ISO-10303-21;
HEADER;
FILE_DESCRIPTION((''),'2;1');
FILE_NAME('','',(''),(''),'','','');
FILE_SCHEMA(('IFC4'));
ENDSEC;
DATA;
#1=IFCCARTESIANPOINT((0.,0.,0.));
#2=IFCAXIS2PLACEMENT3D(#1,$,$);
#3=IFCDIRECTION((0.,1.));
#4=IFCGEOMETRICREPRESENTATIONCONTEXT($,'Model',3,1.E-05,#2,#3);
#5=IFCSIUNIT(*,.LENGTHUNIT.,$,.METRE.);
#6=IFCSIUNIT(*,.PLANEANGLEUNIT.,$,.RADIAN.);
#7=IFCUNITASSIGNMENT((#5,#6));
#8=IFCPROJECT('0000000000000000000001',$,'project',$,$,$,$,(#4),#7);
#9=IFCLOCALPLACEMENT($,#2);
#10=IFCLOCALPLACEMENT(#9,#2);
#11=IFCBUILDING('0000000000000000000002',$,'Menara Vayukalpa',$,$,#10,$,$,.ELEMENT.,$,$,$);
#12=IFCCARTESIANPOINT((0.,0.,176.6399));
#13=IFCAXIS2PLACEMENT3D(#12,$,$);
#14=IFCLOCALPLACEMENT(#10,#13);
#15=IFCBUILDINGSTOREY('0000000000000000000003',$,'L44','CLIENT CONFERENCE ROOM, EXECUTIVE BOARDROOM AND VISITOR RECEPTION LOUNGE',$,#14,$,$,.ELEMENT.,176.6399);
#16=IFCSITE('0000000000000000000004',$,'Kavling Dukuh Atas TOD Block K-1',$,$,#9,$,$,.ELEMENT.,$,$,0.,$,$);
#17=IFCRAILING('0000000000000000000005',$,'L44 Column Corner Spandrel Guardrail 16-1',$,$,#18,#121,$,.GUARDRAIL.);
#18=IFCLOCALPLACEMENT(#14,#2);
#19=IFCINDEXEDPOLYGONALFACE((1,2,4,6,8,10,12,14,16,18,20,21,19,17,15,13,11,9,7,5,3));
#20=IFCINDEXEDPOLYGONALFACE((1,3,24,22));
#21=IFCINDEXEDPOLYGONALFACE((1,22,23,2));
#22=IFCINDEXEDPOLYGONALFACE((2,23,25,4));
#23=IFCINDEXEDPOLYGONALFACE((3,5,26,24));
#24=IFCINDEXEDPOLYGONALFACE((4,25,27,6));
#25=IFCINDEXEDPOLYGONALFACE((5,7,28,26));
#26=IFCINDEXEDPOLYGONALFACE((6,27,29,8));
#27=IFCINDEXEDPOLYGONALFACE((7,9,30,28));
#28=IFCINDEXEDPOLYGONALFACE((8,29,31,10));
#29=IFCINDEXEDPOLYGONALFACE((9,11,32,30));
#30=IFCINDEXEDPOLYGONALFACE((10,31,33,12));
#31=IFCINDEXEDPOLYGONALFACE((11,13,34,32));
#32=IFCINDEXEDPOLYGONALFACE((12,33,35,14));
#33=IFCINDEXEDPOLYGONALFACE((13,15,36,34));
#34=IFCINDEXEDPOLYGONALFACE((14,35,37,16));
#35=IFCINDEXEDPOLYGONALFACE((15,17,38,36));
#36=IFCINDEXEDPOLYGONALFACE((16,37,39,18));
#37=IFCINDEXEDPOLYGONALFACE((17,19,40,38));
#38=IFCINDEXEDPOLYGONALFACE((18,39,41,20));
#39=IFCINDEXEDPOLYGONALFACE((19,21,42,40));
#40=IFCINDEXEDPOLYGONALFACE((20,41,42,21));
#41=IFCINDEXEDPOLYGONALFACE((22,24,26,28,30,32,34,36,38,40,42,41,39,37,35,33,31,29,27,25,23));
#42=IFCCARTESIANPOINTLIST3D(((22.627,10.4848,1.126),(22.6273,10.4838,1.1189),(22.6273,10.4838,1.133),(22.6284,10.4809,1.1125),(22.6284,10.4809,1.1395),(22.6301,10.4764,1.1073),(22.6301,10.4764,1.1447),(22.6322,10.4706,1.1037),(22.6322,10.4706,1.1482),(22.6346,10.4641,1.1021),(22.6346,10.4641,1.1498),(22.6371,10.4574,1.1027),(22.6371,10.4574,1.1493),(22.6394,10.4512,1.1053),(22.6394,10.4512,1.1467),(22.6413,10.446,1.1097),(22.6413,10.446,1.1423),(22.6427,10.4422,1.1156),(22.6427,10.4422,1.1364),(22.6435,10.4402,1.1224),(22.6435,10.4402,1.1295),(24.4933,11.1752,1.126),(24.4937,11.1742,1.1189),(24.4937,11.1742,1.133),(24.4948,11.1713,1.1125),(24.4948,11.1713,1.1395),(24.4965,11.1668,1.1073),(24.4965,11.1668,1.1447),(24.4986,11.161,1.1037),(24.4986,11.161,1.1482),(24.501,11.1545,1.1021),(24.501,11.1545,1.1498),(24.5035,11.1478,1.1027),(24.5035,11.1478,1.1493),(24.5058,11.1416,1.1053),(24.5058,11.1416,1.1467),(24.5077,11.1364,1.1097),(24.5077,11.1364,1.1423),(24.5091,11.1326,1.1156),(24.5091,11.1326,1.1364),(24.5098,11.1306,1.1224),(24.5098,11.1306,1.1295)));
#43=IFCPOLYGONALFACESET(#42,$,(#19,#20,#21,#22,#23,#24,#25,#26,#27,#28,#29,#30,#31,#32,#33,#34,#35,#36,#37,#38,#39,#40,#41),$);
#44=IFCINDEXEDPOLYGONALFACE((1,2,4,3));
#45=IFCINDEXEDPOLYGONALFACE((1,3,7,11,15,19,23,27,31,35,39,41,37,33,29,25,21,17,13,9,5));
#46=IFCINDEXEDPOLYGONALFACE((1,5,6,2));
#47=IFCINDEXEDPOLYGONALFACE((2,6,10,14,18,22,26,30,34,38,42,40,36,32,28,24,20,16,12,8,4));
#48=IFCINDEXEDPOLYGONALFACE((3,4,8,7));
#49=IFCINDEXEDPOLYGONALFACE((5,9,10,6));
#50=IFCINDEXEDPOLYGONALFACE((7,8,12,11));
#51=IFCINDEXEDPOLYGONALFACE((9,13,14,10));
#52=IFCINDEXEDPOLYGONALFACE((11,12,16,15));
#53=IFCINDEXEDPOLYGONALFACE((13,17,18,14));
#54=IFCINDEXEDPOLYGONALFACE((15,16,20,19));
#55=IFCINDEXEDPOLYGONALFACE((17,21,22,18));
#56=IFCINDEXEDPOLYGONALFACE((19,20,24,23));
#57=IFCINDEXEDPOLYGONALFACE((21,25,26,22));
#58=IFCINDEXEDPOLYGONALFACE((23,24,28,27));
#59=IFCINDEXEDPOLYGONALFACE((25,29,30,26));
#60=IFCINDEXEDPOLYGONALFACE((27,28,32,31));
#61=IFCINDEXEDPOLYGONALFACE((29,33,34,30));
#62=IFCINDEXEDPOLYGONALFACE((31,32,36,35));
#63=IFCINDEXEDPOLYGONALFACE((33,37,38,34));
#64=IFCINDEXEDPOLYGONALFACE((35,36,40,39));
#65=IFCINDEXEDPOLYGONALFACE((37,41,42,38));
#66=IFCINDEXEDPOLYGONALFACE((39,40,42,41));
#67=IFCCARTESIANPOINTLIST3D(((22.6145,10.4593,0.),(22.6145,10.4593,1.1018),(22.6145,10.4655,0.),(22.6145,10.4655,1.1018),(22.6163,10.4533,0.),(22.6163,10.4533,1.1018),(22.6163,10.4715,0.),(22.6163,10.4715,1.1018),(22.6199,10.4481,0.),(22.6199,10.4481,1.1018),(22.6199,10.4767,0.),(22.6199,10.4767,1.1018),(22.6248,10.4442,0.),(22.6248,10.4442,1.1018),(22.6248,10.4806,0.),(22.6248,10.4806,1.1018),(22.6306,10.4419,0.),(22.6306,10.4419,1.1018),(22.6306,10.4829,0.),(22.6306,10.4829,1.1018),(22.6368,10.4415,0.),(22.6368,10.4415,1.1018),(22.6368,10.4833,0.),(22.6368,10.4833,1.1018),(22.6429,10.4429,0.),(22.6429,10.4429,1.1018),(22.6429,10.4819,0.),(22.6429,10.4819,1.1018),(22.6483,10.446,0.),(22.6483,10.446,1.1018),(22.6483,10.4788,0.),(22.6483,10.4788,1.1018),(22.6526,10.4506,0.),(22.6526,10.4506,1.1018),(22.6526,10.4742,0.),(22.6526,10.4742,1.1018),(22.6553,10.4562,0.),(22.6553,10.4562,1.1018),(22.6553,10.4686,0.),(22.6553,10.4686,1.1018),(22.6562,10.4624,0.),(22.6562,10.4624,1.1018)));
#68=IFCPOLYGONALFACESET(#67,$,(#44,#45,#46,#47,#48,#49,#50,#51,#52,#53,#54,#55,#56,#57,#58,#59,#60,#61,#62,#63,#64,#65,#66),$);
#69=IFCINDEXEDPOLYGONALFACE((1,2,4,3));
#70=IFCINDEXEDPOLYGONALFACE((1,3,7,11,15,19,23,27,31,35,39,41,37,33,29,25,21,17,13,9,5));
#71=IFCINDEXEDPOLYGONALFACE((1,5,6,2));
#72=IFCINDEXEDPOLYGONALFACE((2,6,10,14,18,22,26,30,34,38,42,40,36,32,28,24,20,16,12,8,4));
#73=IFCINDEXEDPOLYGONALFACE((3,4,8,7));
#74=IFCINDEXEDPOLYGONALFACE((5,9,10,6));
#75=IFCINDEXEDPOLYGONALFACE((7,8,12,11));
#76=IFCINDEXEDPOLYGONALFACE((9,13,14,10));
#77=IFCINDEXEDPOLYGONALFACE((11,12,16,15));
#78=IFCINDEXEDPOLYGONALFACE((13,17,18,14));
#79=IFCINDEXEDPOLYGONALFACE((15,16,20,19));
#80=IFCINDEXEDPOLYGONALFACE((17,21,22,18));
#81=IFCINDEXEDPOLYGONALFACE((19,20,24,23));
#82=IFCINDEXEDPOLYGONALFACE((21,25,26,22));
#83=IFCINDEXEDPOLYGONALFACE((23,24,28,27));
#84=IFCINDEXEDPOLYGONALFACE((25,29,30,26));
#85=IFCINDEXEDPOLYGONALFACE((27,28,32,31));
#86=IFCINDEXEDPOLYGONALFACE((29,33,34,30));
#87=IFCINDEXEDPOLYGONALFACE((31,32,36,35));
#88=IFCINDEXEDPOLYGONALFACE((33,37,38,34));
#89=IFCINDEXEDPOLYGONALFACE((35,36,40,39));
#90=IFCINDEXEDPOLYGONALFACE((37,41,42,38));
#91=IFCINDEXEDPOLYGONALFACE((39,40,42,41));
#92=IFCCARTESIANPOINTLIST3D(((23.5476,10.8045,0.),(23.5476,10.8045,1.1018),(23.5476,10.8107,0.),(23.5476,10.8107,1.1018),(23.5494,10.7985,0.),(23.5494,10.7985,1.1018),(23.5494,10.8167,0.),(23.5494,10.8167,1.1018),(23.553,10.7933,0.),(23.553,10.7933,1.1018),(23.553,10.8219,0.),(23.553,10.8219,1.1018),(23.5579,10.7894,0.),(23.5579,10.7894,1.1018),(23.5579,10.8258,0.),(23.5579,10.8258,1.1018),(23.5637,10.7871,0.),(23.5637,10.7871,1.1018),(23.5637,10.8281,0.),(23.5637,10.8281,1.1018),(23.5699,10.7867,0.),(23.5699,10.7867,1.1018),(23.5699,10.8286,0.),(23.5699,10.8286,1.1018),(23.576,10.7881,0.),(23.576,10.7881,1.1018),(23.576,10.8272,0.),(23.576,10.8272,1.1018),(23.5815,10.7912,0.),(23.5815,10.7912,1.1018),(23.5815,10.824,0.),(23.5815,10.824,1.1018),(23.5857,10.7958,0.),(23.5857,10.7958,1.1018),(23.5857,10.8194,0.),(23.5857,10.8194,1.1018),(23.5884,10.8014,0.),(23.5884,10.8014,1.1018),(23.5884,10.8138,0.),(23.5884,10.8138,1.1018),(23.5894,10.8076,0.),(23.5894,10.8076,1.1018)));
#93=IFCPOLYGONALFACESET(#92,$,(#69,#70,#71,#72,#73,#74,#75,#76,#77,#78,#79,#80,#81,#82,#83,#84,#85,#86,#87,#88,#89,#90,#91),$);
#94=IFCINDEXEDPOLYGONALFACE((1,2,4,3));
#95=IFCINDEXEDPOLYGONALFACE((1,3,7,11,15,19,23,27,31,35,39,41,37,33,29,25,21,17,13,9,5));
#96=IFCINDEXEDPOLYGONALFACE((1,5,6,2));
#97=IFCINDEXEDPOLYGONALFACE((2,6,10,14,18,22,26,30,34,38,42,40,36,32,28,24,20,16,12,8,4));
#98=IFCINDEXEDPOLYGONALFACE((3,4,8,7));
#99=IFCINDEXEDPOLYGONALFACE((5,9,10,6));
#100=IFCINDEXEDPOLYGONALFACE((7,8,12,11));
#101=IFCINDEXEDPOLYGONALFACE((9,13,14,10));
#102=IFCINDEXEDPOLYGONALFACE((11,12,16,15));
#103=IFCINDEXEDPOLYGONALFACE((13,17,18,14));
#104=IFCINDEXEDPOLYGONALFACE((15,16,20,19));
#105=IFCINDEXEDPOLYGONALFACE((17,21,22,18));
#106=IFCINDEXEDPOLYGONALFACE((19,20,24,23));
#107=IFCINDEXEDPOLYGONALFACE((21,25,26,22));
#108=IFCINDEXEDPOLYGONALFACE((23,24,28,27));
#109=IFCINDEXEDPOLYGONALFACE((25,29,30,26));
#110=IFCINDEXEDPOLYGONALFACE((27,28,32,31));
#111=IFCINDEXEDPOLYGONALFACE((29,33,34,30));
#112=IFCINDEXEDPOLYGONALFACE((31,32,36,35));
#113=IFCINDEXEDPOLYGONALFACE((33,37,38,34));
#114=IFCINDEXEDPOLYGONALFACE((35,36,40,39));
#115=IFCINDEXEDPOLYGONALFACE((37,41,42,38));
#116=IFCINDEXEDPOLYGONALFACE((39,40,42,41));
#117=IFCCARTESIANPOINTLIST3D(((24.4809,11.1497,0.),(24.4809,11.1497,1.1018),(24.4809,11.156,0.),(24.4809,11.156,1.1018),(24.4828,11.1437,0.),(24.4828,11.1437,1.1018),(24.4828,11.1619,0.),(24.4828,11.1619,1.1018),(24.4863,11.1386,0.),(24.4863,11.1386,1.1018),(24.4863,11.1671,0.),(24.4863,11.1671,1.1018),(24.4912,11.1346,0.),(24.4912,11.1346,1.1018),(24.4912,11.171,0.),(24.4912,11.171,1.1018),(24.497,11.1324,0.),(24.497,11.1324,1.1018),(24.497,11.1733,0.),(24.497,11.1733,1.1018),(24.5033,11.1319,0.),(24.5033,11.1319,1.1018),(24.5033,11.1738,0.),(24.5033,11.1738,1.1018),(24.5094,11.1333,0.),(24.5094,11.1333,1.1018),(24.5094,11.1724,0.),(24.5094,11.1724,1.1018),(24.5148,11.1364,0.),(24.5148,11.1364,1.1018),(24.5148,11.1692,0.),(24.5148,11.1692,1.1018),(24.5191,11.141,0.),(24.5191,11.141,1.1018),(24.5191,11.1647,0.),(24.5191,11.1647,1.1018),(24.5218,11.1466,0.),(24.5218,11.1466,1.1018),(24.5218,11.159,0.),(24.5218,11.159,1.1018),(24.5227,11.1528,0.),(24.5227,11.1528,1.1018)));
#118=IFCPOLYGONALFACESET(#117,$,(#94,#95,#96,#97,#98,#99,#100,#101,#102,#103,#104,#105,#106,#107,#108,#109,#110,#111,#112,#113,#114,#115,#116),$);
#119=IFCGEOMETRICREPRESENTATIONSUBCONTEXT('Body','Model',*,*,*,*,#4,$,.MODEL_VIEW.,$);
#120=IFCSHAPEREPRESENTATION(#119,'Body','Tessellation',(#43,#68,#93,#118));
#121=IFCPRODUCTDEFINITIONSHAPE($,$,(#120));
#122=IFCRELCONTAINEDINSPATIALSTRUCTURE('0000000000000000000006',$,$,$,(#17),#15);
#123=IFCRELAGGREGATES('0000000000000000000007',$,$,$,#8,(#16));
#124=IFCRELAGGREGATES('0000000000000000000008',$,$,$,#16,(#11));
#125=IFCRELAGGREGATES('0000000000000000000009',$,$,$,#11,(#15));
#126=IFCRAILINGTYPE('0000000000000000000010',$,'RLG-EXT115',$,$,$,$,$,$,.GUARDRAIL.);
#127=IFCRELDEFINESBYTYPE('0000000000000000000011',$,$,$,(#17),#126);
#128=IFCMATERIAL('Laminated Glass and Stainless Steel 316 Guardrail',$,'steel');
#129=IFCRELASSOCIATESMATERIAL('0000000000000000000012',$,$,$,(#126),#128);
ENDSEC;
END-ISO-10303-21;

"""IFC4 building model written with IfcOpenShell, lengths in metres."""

from ifc_helpers import new_model, si_unit, direction, frame, origin, origin_2d, place, context, subcontext, project, spatial, circle, extrude, material, type_object, element, save


model = new_model("IFC4")

# Units and contexts
model_context = context("Model", 3, precision=1e-05, world=origin(), true_north=direction((0.0, 1.0)))
body_context = subcontext(model_context, "Body", "Model", "MODEL_VIEW")
ifc_project = project(units=[si_unit("LENGTHUNIT", "METRE"), si_unit("PLANEANGLEUNIT", "RADIAN")], contexts=[model_context])

# Site, building, storey
site_placement = place(None, origin())
site = spatial("IfcSite", under=ifc_project, at=site_placement, Name="Kavling Dukuh Atas TOD Block K-1", CompositionType="ELEMENT", RefElevation=0.0)
building_placement = place(site_placement, origin())
building = spatial("IfcBuilding", under=site, at=building_placement, Name="Menara Vayukalpa", CompositionType="ELEMENT")
storey_placement = place(building_placement, frame((0.0, 0.0, 176.6399)))
storey = spatial("IfcBuildingStorey", under=building, at=storey_placement, Name="L44", Description="CLIENT CONFERENCE ROOM, EXECUTIVE BOARDROOM AND VISITOR RECEPTION LOUNGE", CompositionType="ELEMENT", Elevation=176.6399)

# Railing
ifc_material_1 = material(Name="Laminated Glass and Stainless Steel 316 Guardrail", Category="steel")
railing_type = type_object("IfcRailingType", Name="RLG-EXT115", PredefinedType="GUARDRAIL", material=ifc_material_1)
railing_placement = place(storey_placement, frame((22.6353, 10.4624, 0.0)))
element("IfcRailing", 1, at=railing_placement, inside=storey, type_object=railing_type, Name="L44 Column Corner Spandrel Guardrail 16-1", PredefinedType="GUARDRAIL", context=body_context, shape_type="SweptSolid", body=[
    extrude(circle(Radius=0.0239, at=origin_2d()), frame((0.0, 0.0, 1.126), z_axis=(0.937888, 0.346939, 0.0), x_axis=(-0.346939, 0.937888, 0.0)), (0.0, 0.0, 1.0), 1.99),
    extrude(circle(Radius=0.021, at=origin_2d()), origin(), (0.0, 0.0, 1.0), 1.1018),
    extrude(circle(Radius=0.021, at=origin_2d()), frame((0.9331, 0.3452, 0.0)), (0.0, 0.0, 1.0), 1.1018),
    extrude(circle(Radius=0.021, at=origin_2d()), frame((1.8665, 0.6904, 0.0)), (0.0, 0.0, 1.0), 1.1018),
])

save(model, "model.ifc")
